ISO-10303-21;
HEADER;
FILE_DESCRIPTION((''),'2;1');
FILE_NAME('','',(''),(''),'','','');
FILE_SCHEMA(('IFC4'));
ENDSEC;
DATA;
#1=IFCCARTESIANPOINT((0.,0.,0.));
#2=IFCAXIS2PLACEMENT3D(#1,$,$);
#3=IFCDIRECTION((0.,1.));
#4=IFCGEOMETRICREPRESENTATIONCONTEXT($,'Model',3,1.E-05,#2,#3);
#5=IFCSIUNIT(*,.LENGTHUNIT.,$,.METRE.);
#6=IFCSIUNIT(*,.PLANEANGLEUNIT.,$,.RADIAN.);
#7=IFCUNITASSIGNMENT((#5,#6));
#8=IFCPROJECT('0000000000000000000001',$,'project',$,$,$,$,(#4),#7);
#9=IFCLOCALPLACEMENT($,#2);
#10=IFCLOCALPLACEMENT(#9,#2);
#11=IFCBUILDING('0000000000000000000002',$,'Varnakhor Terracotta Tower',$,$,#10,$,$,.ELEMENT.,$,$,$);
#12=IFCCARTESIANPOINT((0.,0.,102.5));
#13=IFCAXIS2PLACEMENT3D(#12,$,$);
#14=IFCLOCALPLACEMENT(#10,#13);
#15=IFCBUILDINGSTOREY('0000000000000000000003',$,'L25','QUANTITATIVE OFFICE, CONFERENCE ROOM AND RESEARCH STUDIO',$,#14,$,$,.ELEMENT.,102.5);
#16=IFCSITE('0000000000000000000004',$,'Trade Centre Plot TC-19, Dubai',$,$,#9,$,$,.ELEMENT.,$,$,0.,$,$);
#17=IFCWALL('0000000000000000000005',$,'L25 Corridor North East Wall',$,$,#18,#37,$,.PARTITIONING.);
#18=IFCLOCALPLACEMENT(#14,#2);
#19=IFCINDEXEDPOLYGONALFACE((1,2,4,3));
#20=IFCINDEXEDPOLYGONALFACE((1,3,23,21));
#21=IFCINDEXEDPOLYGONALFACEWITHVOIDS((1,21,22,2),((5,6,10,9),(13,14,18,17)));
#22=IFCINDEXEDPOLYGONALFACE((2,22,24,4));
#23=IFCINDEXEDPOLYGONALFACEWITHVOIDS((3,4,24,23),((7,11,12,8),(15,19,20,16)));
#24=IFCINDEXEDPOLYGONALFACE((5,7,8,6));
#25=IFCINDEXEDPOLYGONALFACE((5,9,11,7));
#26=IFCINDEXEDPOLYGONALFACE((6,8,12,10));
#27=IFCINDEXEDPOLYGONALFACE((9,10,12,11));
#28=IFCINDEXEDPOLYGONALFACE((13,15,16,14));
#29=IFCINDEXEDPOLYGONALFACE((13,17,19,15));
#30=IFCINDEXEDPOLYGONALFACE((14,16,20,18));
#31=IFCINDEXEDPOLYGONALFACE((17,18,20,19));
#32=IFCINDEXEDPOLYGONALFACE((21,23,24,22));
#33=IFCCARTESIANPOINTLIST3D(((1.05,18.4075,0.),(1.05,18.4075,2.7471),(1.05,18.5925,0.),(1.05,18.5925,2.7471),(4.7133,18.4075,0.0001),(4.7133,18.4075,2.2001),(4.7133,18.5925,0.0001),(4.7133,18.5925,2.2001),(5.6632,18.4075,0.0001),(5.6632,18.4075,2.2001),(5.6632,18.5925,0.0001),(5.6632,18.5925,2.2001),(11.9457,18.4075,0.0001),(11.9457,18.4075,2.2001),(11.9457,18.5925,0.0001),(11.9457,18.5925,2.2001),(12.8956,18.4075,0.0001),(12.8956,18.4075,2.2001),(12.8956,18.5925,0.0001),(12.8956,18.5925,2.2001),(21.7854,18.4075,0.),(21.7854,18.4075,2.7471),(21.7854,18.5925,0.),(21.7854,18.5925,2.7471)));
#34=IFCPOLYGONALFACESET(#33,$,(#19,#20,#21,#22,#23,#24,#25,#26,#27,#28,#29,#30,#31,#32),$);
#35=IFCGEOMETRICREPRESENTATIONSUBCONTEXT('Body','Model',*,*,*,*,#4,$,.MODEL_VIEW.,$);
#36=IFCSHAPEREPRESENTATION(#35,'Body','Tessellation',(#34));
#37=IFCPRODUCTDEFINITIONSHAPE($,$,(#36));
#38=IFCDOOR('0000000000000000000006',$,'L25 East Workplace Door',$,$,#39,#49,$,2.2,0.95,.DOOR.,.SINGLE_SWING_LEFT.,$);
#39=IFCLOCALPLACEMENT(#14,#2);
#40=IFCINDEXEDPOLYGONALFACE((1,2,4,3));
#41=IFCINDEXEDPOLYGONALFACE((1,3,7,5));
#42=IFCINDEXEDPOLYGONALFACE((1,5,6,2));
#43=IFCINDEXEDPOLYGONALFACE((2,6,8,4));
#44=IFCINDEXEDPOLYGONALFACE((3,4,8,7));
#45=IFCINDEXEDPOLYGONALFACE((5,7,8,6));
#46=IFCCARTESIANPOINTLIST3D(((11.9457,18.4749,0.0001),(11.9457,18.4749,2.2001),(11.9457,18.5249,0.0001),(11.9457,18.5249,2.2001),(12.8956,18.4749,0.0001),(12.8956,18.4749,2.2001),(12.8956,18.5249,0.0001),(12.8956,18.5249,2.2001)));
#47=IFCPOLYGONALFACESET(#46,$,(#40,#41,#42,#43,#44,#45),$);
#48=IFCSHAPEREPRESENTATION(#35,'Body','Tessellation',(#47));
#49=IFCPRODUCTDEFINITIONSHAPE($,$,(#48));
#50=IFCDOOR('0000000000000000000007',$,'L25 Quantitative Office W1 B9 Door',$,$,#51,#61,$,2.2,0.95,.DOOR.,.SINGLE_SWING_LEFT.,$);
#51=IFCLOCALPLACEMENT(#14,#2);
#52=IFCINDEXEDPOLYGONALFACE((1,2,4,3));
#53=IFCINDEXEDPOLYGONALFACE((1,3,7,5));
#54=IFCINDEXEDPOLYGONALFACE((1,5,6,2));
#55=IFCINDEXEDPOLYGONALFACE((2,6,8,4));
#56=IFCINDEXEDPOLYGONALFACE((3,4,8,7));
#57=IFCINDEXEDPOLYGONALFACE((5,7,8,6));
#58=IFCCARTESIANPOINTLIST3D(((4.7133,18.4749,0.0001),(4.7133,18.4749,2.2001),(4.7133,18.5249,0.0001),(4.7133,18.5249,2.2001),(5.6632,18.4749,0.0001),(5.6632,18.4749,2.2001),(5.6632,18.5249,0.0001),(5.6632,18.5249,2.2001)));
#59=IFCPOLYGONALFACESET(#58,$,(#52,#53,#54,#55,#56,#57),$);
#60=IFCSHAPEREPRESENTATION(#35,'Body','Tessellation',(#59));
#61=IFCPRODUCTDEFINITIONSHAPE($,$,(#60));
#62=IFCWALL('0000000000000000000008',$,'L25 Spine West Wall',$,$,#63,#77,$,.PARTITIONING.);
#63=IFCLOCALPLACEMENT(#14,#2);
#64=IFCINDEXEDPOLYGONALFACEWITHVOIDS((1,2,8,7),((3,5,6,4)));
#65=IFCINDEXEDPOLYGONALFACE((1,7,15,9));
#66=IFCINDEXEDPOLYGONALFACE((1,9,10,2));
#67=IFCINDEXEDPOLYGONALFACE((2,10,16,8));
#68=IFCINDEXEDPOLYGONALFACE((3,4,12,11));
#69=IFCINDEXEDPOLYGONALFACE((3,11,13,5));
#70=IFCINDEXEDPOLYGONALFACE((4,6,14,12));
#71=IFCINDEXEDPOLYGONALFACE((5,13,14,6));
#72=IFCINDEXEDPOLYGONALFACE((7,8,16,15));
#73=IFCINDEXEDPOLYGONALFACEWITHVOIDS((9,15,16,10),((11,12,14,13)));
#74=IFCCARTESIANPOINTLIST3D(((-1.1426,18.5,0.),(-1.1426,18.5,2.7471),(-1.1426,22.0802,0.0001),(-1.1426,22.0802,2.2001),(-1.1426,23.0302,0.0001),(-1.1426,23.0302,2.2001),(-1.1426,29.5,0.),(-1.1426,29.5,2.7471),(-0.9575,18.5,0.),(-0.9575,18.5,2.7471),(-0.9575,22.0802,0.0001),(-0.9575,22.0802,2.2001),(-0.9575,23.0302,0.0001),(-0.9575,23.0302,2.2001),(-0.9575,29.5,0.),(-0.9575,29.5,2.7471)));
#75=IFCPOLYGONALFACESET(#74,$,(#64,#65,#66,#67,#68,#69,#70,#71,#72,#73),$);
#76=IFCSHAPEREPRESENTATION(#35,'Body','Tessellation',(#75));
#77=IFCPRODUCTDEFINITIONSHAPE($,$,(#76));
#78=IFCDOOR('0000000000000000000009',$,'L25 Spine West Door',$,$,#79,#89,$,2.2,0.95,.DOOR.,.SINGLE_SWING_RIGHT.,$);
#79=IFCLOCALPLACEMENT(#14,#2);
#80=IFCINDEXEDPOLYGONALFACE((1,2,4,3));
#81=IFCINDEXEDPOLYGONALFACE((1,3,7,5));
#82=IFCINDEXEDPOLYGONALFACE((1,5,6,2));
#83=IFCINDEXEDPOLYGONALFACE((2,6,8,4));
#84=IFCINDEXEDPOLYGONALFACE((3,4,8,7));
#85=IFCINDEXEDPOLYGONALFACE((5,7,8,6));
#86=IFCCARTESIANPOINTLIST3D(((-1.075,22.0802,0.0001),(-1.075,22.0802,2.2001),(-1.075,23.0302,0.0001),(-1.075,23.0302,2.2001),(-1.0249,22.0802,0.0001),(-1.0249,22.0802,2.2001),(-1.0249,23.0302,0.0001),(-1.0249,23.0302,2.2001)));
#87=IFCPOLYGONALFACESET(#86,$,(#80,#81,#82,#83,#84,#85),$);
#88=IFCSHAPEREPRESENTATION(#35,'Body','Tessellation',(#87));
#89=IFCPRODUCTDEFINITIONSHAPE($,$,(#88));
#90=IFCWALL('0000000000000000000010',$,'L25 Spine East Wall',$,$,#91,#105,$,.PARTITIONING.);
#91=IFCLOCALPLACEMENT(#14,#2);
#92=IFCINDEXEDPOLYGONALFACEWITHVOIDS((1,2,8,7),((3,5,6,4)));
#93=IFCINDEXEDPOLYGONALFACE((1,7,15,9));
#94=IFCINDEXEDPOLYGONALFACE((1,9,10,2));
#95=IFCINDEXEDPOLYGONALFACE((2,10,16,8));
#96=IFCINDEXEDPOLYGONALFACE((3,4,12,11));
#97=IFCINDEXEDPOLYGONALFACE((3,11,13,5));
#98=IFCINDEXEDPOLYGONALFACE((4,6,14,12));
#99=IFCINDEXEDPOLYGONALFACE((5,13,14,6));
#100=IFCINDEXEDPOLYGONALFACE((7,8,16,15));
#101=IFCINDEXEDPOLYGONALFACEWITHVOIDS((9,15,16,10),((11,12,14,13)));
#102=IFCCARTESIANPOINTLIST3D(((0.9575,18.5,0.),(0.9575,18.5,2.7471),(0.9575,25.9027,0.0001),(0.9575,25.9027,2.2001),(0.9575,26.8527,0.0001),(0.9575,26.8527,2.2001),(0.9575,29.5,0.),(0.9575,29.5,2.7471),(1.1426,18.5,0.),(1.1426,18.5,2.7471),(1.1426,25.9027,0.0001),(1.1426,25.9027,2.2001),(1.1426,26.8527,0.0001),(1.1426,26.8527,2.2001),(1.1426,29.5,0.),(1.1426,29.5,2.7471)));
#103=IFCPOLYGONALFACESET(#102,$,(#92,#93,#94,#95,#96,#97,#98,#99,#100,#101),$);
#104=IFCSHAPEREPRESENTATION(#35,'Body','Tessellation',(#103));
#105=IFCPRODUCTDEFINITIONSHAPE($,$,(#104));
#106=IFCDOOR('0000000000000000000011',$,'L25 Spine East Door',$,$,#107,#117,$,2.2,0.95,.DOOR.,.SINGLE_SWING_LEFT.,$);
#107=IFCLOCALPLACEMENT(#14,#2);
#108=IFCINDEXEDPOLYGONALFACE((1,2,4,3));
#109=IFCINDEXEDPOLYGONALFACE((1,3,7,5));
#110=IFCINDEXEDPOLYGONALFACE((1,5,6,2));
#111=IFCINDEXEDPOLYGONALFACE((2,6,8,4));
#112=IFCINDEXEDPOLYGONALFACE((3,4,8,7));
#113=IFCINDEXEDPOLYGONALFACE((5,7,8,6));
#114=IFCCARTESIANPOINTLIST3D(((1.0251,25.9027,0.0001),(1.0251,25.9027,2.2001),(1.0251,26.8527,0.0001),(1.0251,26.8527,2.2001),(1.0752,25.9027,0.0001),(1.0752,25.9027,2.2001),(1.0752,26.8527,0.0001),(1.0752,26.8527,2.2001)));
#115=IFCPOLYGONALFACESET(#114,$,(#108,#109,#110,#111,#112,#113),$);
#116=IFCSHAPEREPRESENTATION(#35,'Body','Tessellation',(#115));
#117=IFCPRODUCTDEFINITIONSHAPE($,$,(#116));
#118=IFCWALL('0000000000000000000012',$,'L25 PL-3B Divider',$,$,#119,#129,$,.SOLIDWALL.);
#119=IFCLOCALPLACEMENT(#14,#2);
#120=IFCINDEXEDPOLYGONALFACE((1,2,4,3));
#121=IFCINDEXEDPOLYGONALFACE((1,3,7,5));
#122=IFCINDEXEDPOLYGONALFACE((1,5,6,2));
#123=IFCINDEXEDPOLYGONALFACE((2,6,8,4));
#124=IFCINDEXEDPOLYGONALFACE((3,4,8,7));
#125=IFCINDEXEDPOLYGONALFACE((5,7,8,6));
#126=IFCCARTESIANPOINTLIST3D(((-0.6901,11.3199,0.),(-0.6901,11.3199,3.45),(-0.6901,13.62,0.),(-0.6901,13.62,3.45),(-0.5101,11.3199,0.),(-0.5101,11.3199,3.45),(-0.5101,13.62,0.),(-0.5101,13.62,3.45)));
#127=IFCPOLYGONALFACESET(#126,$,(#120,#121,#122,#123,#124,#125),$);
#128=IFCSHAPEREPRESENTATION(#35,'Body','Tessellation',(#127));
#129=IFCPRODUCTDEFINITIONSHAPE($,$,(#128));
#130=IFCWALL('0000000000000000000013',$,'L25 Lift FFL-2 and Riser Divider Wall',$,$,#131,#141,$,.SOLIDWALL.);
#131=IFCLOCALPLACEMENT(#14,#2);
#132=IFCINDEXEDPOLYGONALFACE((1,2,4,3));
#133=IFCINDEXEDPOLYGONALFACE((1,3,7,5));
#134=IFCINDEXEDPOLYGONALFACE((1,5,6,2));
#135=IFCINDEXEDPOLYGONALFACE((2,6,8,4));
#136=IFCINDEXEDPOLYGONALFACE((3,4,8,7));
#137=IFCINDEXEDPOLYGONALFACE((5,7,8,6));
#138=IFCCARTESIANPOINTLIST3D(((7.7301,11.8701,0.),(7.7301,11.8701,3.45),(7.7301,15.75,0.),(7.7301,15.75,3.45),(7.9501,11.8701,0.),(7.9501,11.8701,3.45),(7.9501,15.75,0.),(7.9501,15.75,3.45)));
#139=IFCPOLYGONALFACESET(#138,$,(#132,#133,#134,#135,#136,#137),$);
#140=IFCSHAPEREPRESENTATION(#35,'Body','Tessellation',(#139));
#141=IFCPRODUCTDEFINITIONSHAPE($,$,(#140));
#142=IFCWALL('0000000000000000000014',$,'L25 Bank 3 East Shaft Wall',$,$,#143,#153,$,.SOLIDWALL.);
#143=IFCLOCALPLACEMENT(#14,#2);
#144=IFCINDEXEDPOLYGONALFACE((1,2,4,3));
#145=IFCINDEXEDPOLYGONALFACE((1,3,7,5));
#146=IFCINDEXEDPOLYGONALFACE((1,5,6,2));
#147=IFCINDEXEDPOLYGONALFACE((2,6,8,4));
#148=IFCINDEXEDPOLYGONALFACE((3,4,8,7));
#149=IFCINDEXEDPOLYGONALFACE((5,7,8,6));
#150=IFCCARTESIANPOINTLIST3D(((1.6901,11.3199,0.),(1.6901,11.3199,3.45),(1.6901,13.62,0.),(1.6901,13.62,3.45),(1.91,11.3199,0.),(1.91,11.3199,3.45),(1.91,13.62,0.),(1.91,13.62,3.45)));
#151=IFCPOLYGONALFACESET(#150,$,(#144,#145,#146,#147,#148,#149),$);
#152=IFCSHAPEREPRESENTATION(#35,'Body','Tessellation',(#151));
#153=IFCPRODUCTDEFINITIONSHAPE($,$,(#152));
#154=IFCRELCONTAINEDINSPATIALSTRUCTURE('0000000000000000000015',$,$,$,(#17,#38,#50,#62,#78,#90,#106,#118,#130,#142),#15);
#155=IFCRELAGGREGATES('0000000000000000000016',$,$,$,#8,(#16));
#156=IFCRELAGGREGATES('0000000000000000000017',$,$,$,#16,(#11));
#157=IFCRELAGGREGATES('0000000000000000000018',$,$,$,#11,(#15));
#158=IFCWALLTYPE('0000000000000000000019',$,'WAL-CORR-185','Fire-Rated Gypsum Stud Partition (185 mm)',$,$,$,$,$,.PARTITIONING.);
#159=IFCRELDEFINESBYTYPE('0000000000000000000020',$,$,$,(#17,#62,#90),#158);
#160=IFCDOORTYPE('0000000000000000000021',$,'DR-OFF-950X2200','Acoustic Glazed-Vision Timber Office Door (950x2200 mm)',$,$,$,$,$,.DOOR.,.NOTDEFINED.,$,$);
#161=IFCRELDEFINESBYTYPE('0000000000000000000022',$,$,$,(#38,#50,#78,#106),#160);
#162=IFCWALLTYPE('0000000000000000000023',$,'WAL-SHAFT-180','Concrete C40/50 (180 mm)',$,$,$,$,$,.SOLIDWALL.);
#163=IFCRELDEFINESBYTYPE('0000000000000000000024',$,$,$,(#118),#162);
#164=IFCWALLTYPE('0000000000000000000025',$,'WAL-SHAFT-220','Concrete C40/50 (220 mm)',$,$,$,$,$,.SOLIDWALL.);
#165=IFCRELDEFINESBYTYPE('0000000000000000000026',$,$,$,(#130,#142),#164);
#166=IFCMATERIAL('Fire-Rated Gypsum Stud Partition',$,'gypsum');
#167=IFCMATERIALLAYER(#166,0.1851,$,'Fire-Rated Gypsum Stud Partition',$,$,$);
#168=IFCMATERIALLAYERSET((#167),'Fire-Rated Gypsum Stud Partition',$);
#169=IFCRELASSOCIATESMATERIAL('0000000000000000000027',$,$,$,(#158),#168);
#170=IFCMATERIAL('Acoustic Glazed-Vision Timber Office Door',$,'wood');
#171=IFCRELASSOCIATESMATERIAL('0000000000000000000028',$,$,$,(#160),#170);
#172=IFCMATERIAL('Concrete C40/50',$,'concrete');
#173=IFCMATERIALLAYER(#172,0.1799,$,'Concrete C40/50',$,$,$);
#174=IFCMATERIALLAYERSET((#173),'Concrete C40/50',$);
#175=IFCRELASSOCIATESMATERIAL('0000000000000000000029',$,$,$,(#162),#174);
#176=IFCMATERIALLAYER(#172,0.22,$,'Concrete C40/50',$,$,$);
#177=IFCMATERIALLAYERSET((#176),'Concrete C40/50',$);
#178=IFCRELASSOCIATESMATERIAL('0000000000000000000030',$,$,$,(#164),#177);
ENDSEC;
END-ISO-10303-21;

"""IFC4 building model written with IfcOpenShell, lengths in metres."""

from ifc_helpers import new_model, si_unit, direction, frame, frame_2d, origin, place, context, subcontext, project, spatial, rectangle, extrude, source, transform, mapped, material, layer, layer_set, type_object, type_shapes, element, fill, save


model = new_model("IFC4")

# Units and contexts
model_context = context("Model", 3, precision=1e-05, world=origin(), true_north=direction((0.0, 1.0)))
body_context = subcontext(model_context, "Body", "Model", "MODEL_VIEW")
ifc_project = project(units=[si_unit("LENGTHUNIT", "METRE"), si_unit("PLANEANGLEUNIT", "RADIAN")], contexts=[model_context])

# Site, building, storey
site_placement = place(None, origin())
site = spatial("IfcSite", under=ifc_project, at=site_placement, Name="Trade Centre Plot TC-19, Dubai", CompositionType="ELEMENT", RefElevation=0.0)
building_placement = place(site_placement, origin())
building = spatial("IfcBuilding", under=site, at=building_placement, Name="Varnakhor Terracotta Tower", CompositionType="ELEMENT")
storey_placement = place(building_placement, frame((0.0, 0.0, 102.5)))
storey = spatial("IfcBuildingStorey", under=building, at=storey_placement, Name="L25", Description="QUANTITATIVE OFFICE, CONFERENCE ROOM AND RESEARCH STUDIO", CompositionType="ELEMENT", Elevation=102.5)

# Wall, openings, doors
ifc_material_1 = material(Name="Fire-Rated Gypsum Stud Partition", Category="gypsum")
ifc_layer_1 = layer(ifc_material_1, 0.1851, Name="Fire-Rated Gypsum Stud Partition")
ifc_layer_set_1 = layer_set([ifc_layer_1], Name="Fire-Rated Gypsum Stud Partition")
wall_type_1 = type_object("IfcWallType", Name="WAL-CORR-185", Description="Fire-Rated Gypsum Stud Partition (185 mm)", PredefinedType="PARTITIONING", material=ifc_layer_set_1)
wall_1_placement = place(storey_placement, frame((1.05, 18.5, 0.0), z_axis=(0.0, 0.0, 1.0), x_axis=(1.0, 0.0, 0.0)))
wall_1 = element("IfcWall", 1, at=wall_1_placement, inside=storey, type_object=wall_type_1, Name="L25 Corridor North East Wall", PredefinedType="PARTITIONING", context=body_context, shape_type="SweptSolid", body=[
    extrude(rectangle(XDim=20.7354, YDim=0.1851, at=frame_2d((10.3677, 0.0))), origin(), (0.0, 0.0, 1.0), 2.7471),
])
opening_1_placement = place(wall_1_placement, frame((10.8955, 0.0, 0.0)))
opening_1 = element("IfcOpeningElement", 2, at=opening_1_placement, cuts=wall_1, PredefinedType="OPENING", context=body_context, shape_type="SweptSolid", body=[
    extrude(rectangle(XDim=0.95, YDim=2.2, at=frame_2d((0.4751, 1.1001))), frame((0.0, 0.1025, 0.0), z_axis=(0.0, -1.0, 0.0), x_axis=(1.0, 0.0, 0.0)), (0.0, 0.0, 1.0), 0.2051),
])
opening_2_placement = place(wall_1_placement, frame((3.6631, 0.0, 0.0)))
opening_2 = element("IfcOpeningElement", 3, at=opening_2_placement, cuts=wall_1, PredefinedType="OPENING", context=body_context, shape_type="SweptSolid", body=[
    extrude(rectangle(XDim=0.95, YDim=2.2, at=frame_2d((0.4751, 1.1001))), frame((0.0, 0.1025, 0.0), z_axis=(0.0, -1.0, 0.0), x_axis=(1.0, 0.0, 0.0)), (0.0, 0.0, 1.0), 0.2051),
])
ifc_material_2 = material(Name="Acoustic Glazed-Vision Timber Office Door", Category="wood")
door_type_1 = type_object("IfcDoorType", Name="DR-OFF-950X2200", Description="Acoustic Glazed-Vision Timber Office Door (950x2200 mm)", OperationType="NOTDEFINED", PredefinedType="DOOR", material=ifc_material_2)
shared_shape_1 = source(origin(), body_context, "Body", "SweptSolid", [
    extrude(rectangle(XDim=0.95, YDim=2.2, at=frame_2d((0.4751, 1.1001))), frame((0.0, 0.0249, 0.0), z_axis=(0.0, -1.0, 0.0), x_axis=(1.0, 0.0, 0.0)), (0.0, 0.0, 1.0), 0.05),
])
type_shapes(door_type_1, [shared_shape_1])
door_1_placement = place(opening_1_placement, origin())
door_1 = element("IfcDoor", 4, at=door_1_placement, inside=storey, type_object=door_type_1, Name="L25 East Workplace Door", OperationType="SINGLE_SWING_LEFT", OverallHeight=2.2, OverallWidth=0.95, PredefinedType="DOOR", context=body_context, shape_type="MappedRepresentation", body=[
    mapped(shared_shape_1, transform((0.0, 0.0, 0.0), scale=1.0)),
])
fill(opening_1, door_1)
door_2_placement = place(opening_2_placement, origin())
door_2 = element("IfcDoor", 5, at=door_2_placement, inside=storey, type_object=door_type_1, Name="L25 Quantitative Office W1 B9 Door", OperationType="SINGLE_SWING_LEFT", OverallHeight=2.2, OverallWidth=0.95, PredefinedType="DOOR", context=body_context, shape_type="MappedRepresentation", body=[
    mapped(shared_shape_1, transform((0.0, 0.0, 0.0), scale=1.0)),
])
fill(opening_2, door_2)

# Walls, openings, doors
wall_2_placement = place(storey_placement, frame((-1.05, 18.5, 0.0), z_axis=(0.0, 0.0, 1.0), x_axis=(0.0, 1.0, 0.0)))
wall_2 = element("IfcWall", 6, at=wall_2_placement, inside=storey, type_object=wall_type_1, Name="L25 Spine West Wall", PredefinedType="PARTITIONING", context=body_context, shape_type="SweptSolid", body=[
    extrude(rectangle(XDim=11.0, YDim=0.1851, at=frame_2d((5.5, 0.0))), origin(), (0.0, 0.0, 1.0), 2.7471),
])
opening_3_placement = place(wall_2_placement, frame((3.5801, 0.0, 0.0)))
opening_3 = element("IfcOpeningElement", 7, at=opening_3_placement, cuts=wall_2, PredefinedType="OPENING", context=body_context, shape_type="SweptSolid", body=[
    extrude(rectangle(XDim=0.95, YDim=2.2, at=frame_2d((0.4751, 1.1001))), frame((0.0, 0.1025, 0.0), z_axis=(0.0, -1.0, 0.0), x_axis=(1.0, 0.0, 0.0)), (0.0, 0.0, 1.0), 0.2051),
])
door_3_placement = place(opening_3_placement, origin())
door_3 = element("IfcDoor", 8, at=door_3_placement, inside=storey, type_object=door_type_1, Name="L25 Spine West Door", OperationType="SINGLE_SWING_RIGHT", OverallHeight=2.2, OverallWidth=0.95, PredefinedType="DOOR", context=body_context, shape_type="MappedRepresentation", body=[
    mapped(shared_shape_1, transform((0.0, 0.0, 0.0), scale=1.0)),
])
fill(opening_3, door_3)
wall_3_placement = place(storey_placement, frame((1.05, 18.5, 0.0), z_axis=(0.0, 0.0, 1.0), x_axis=(0.0, 1.0, 0.0)))
wall_3 = element("IfcWall", 9, at=wall_3_placement, inside=storey, type_object=wall_type_1, Name="L25 Spine East Wall", PredefinedType="PARTITIONING", context=body_context, shape_type="SweptSolid", body=[
    extrude(rectangle(XDim=11.0, YDim=0.1851, at=frame_2d((5.5, 0.0))), origin(), (0.0, 0.0, 1.0), 2.7471),
])
opening_4_placement = place(wall_3_placement, frame((7.4026, 0.0, 0.0)))
opening_4 = element("IfcOpeningElement", 10, at=opening_4_placement, cuts=wall_3, PredefinedType="OPENING", context=body_context, shape_type="SweptSolid", body=[
    extrude(rectangle(XDim=0.95, YDim=2.2, at=frame_2d((0.4751, 1.1001))), frame((0.0, 0.1025, 0.0), z_axis=(0.0, -1.0, 0.0), x_axis=(1.0, 0.0, 0.0)), (0.0, 0.0, 1.0), 0.2051),
])
door_4_placement = place(opening_4_placement, origin())
door_4 = element("IfcDoor", 11, at=door_4_placement, inside=storey, type_object=door_type_1, Name="L25 Spine East Door", OperationType="SINGLE_SWING_LEFT", OverallHeight=2.2, OverallWidth=0.95, PredefinedType="DOOR", context=body_context, shape_type="MappedRepresentation", body=[
    mapped(shared_shape_1, transform((0.0, 0.0, 0.0), scale=1.0)),
])
fill(opening_4, door_4)

# Walls
ifc_material_3 = material(Name="Concrete C40/50", Category="concrete")
ifc_layer_2 = layer(ifc_material_3, 0.1799, Name="Concrete C40/50")
ifc_layer_set_2 = layer_set([ifc_layer_2], Name="Concrete C40/50")
wall_type_2 = type_object("IfcWallType", Name="WAL-SHAFT-180", Description="Concrete C40/50 (180 mm)", PredefinedType="SOLIDWALL", material=ifc_layer_set_2)
wall_4_placement = place(storey_placement, frame((-0.6001, 11.3201, 0.0), z_axis=(0.0, 0.0, 1.0), x_axis=(0.0, 1.0, 0.0)))
element("IfcWall", 12, at=wall_4_placement, inside=storey, type_object=wall_type_2, Name="L25 PL-3B Divider", PredefinedType="SOLIDWALL", context=body_context, shape_type="SweptSolid", body=[
    extrude(rectangle(XDim=2.3, YDim=0.1799, at=frame_2d((1.1499, 0.0))), origin(), (0.0, 0.0, 1.0), 3.45),
])
ifc_layer_3 = layer(ifc_material_3, 0.22, Name="Concrete C40/50")
ifc_layer_set_3 = layer_set([ifc_layer_3], Name="Concrete C40/50")
wall_type_3 = type_object("IfcWallType", Name="WAL-SHAFT-220", Description="Concrete C40/50 (220 mm)", PredefinedType="SOLIDWALL", material=ifc_layer_set_3)
wall_5_placement = place(storey_placement, frame((7.8401, 11.8701, 0.0), z_axis=(0.0, 0.0, 1.0), x_axis=(0.0, 1.0, 0.0)))
element("IfcWall", 13, at=wall_5_placement, inside=storey, type_object=wall_type_3, Name="L25 Lift FFL-2 and Riser Divider Wall", PredefinedType="SOLIDWALL", context=body_context, shape_type="SweptSolid", body=[
    extrude(rectangle(XDim=3.8799, YDim=0.22, at=frame_2d((1.9399, 0.0))), origin(), (0.0, 0.0, 1.0), 3.45),
])
wall_6_placement = place(storey_placement, frame((1.8, 11.3201, 0.0), z_axis=(0.0, 0.0, 1.0), x_axis=(0.0, 1.0, 0.0)))
element("IfcWall", 14, at=wall_6_placement, inside=storey, type_object=wall_type_3, Name="L25 Bank 3 East Shaft Wall", PredefinedType="SOLIDWALL", context=body_context, shape_type="SweptSolid", body=[
    extrude(rectangle(XDim=2.3, YDim=0.22, at=frame_2d((1.1499, 0.0))), origin(), (0.0, 0.0, 1.0), 3.45),
])

save(model, "model.ifc")
